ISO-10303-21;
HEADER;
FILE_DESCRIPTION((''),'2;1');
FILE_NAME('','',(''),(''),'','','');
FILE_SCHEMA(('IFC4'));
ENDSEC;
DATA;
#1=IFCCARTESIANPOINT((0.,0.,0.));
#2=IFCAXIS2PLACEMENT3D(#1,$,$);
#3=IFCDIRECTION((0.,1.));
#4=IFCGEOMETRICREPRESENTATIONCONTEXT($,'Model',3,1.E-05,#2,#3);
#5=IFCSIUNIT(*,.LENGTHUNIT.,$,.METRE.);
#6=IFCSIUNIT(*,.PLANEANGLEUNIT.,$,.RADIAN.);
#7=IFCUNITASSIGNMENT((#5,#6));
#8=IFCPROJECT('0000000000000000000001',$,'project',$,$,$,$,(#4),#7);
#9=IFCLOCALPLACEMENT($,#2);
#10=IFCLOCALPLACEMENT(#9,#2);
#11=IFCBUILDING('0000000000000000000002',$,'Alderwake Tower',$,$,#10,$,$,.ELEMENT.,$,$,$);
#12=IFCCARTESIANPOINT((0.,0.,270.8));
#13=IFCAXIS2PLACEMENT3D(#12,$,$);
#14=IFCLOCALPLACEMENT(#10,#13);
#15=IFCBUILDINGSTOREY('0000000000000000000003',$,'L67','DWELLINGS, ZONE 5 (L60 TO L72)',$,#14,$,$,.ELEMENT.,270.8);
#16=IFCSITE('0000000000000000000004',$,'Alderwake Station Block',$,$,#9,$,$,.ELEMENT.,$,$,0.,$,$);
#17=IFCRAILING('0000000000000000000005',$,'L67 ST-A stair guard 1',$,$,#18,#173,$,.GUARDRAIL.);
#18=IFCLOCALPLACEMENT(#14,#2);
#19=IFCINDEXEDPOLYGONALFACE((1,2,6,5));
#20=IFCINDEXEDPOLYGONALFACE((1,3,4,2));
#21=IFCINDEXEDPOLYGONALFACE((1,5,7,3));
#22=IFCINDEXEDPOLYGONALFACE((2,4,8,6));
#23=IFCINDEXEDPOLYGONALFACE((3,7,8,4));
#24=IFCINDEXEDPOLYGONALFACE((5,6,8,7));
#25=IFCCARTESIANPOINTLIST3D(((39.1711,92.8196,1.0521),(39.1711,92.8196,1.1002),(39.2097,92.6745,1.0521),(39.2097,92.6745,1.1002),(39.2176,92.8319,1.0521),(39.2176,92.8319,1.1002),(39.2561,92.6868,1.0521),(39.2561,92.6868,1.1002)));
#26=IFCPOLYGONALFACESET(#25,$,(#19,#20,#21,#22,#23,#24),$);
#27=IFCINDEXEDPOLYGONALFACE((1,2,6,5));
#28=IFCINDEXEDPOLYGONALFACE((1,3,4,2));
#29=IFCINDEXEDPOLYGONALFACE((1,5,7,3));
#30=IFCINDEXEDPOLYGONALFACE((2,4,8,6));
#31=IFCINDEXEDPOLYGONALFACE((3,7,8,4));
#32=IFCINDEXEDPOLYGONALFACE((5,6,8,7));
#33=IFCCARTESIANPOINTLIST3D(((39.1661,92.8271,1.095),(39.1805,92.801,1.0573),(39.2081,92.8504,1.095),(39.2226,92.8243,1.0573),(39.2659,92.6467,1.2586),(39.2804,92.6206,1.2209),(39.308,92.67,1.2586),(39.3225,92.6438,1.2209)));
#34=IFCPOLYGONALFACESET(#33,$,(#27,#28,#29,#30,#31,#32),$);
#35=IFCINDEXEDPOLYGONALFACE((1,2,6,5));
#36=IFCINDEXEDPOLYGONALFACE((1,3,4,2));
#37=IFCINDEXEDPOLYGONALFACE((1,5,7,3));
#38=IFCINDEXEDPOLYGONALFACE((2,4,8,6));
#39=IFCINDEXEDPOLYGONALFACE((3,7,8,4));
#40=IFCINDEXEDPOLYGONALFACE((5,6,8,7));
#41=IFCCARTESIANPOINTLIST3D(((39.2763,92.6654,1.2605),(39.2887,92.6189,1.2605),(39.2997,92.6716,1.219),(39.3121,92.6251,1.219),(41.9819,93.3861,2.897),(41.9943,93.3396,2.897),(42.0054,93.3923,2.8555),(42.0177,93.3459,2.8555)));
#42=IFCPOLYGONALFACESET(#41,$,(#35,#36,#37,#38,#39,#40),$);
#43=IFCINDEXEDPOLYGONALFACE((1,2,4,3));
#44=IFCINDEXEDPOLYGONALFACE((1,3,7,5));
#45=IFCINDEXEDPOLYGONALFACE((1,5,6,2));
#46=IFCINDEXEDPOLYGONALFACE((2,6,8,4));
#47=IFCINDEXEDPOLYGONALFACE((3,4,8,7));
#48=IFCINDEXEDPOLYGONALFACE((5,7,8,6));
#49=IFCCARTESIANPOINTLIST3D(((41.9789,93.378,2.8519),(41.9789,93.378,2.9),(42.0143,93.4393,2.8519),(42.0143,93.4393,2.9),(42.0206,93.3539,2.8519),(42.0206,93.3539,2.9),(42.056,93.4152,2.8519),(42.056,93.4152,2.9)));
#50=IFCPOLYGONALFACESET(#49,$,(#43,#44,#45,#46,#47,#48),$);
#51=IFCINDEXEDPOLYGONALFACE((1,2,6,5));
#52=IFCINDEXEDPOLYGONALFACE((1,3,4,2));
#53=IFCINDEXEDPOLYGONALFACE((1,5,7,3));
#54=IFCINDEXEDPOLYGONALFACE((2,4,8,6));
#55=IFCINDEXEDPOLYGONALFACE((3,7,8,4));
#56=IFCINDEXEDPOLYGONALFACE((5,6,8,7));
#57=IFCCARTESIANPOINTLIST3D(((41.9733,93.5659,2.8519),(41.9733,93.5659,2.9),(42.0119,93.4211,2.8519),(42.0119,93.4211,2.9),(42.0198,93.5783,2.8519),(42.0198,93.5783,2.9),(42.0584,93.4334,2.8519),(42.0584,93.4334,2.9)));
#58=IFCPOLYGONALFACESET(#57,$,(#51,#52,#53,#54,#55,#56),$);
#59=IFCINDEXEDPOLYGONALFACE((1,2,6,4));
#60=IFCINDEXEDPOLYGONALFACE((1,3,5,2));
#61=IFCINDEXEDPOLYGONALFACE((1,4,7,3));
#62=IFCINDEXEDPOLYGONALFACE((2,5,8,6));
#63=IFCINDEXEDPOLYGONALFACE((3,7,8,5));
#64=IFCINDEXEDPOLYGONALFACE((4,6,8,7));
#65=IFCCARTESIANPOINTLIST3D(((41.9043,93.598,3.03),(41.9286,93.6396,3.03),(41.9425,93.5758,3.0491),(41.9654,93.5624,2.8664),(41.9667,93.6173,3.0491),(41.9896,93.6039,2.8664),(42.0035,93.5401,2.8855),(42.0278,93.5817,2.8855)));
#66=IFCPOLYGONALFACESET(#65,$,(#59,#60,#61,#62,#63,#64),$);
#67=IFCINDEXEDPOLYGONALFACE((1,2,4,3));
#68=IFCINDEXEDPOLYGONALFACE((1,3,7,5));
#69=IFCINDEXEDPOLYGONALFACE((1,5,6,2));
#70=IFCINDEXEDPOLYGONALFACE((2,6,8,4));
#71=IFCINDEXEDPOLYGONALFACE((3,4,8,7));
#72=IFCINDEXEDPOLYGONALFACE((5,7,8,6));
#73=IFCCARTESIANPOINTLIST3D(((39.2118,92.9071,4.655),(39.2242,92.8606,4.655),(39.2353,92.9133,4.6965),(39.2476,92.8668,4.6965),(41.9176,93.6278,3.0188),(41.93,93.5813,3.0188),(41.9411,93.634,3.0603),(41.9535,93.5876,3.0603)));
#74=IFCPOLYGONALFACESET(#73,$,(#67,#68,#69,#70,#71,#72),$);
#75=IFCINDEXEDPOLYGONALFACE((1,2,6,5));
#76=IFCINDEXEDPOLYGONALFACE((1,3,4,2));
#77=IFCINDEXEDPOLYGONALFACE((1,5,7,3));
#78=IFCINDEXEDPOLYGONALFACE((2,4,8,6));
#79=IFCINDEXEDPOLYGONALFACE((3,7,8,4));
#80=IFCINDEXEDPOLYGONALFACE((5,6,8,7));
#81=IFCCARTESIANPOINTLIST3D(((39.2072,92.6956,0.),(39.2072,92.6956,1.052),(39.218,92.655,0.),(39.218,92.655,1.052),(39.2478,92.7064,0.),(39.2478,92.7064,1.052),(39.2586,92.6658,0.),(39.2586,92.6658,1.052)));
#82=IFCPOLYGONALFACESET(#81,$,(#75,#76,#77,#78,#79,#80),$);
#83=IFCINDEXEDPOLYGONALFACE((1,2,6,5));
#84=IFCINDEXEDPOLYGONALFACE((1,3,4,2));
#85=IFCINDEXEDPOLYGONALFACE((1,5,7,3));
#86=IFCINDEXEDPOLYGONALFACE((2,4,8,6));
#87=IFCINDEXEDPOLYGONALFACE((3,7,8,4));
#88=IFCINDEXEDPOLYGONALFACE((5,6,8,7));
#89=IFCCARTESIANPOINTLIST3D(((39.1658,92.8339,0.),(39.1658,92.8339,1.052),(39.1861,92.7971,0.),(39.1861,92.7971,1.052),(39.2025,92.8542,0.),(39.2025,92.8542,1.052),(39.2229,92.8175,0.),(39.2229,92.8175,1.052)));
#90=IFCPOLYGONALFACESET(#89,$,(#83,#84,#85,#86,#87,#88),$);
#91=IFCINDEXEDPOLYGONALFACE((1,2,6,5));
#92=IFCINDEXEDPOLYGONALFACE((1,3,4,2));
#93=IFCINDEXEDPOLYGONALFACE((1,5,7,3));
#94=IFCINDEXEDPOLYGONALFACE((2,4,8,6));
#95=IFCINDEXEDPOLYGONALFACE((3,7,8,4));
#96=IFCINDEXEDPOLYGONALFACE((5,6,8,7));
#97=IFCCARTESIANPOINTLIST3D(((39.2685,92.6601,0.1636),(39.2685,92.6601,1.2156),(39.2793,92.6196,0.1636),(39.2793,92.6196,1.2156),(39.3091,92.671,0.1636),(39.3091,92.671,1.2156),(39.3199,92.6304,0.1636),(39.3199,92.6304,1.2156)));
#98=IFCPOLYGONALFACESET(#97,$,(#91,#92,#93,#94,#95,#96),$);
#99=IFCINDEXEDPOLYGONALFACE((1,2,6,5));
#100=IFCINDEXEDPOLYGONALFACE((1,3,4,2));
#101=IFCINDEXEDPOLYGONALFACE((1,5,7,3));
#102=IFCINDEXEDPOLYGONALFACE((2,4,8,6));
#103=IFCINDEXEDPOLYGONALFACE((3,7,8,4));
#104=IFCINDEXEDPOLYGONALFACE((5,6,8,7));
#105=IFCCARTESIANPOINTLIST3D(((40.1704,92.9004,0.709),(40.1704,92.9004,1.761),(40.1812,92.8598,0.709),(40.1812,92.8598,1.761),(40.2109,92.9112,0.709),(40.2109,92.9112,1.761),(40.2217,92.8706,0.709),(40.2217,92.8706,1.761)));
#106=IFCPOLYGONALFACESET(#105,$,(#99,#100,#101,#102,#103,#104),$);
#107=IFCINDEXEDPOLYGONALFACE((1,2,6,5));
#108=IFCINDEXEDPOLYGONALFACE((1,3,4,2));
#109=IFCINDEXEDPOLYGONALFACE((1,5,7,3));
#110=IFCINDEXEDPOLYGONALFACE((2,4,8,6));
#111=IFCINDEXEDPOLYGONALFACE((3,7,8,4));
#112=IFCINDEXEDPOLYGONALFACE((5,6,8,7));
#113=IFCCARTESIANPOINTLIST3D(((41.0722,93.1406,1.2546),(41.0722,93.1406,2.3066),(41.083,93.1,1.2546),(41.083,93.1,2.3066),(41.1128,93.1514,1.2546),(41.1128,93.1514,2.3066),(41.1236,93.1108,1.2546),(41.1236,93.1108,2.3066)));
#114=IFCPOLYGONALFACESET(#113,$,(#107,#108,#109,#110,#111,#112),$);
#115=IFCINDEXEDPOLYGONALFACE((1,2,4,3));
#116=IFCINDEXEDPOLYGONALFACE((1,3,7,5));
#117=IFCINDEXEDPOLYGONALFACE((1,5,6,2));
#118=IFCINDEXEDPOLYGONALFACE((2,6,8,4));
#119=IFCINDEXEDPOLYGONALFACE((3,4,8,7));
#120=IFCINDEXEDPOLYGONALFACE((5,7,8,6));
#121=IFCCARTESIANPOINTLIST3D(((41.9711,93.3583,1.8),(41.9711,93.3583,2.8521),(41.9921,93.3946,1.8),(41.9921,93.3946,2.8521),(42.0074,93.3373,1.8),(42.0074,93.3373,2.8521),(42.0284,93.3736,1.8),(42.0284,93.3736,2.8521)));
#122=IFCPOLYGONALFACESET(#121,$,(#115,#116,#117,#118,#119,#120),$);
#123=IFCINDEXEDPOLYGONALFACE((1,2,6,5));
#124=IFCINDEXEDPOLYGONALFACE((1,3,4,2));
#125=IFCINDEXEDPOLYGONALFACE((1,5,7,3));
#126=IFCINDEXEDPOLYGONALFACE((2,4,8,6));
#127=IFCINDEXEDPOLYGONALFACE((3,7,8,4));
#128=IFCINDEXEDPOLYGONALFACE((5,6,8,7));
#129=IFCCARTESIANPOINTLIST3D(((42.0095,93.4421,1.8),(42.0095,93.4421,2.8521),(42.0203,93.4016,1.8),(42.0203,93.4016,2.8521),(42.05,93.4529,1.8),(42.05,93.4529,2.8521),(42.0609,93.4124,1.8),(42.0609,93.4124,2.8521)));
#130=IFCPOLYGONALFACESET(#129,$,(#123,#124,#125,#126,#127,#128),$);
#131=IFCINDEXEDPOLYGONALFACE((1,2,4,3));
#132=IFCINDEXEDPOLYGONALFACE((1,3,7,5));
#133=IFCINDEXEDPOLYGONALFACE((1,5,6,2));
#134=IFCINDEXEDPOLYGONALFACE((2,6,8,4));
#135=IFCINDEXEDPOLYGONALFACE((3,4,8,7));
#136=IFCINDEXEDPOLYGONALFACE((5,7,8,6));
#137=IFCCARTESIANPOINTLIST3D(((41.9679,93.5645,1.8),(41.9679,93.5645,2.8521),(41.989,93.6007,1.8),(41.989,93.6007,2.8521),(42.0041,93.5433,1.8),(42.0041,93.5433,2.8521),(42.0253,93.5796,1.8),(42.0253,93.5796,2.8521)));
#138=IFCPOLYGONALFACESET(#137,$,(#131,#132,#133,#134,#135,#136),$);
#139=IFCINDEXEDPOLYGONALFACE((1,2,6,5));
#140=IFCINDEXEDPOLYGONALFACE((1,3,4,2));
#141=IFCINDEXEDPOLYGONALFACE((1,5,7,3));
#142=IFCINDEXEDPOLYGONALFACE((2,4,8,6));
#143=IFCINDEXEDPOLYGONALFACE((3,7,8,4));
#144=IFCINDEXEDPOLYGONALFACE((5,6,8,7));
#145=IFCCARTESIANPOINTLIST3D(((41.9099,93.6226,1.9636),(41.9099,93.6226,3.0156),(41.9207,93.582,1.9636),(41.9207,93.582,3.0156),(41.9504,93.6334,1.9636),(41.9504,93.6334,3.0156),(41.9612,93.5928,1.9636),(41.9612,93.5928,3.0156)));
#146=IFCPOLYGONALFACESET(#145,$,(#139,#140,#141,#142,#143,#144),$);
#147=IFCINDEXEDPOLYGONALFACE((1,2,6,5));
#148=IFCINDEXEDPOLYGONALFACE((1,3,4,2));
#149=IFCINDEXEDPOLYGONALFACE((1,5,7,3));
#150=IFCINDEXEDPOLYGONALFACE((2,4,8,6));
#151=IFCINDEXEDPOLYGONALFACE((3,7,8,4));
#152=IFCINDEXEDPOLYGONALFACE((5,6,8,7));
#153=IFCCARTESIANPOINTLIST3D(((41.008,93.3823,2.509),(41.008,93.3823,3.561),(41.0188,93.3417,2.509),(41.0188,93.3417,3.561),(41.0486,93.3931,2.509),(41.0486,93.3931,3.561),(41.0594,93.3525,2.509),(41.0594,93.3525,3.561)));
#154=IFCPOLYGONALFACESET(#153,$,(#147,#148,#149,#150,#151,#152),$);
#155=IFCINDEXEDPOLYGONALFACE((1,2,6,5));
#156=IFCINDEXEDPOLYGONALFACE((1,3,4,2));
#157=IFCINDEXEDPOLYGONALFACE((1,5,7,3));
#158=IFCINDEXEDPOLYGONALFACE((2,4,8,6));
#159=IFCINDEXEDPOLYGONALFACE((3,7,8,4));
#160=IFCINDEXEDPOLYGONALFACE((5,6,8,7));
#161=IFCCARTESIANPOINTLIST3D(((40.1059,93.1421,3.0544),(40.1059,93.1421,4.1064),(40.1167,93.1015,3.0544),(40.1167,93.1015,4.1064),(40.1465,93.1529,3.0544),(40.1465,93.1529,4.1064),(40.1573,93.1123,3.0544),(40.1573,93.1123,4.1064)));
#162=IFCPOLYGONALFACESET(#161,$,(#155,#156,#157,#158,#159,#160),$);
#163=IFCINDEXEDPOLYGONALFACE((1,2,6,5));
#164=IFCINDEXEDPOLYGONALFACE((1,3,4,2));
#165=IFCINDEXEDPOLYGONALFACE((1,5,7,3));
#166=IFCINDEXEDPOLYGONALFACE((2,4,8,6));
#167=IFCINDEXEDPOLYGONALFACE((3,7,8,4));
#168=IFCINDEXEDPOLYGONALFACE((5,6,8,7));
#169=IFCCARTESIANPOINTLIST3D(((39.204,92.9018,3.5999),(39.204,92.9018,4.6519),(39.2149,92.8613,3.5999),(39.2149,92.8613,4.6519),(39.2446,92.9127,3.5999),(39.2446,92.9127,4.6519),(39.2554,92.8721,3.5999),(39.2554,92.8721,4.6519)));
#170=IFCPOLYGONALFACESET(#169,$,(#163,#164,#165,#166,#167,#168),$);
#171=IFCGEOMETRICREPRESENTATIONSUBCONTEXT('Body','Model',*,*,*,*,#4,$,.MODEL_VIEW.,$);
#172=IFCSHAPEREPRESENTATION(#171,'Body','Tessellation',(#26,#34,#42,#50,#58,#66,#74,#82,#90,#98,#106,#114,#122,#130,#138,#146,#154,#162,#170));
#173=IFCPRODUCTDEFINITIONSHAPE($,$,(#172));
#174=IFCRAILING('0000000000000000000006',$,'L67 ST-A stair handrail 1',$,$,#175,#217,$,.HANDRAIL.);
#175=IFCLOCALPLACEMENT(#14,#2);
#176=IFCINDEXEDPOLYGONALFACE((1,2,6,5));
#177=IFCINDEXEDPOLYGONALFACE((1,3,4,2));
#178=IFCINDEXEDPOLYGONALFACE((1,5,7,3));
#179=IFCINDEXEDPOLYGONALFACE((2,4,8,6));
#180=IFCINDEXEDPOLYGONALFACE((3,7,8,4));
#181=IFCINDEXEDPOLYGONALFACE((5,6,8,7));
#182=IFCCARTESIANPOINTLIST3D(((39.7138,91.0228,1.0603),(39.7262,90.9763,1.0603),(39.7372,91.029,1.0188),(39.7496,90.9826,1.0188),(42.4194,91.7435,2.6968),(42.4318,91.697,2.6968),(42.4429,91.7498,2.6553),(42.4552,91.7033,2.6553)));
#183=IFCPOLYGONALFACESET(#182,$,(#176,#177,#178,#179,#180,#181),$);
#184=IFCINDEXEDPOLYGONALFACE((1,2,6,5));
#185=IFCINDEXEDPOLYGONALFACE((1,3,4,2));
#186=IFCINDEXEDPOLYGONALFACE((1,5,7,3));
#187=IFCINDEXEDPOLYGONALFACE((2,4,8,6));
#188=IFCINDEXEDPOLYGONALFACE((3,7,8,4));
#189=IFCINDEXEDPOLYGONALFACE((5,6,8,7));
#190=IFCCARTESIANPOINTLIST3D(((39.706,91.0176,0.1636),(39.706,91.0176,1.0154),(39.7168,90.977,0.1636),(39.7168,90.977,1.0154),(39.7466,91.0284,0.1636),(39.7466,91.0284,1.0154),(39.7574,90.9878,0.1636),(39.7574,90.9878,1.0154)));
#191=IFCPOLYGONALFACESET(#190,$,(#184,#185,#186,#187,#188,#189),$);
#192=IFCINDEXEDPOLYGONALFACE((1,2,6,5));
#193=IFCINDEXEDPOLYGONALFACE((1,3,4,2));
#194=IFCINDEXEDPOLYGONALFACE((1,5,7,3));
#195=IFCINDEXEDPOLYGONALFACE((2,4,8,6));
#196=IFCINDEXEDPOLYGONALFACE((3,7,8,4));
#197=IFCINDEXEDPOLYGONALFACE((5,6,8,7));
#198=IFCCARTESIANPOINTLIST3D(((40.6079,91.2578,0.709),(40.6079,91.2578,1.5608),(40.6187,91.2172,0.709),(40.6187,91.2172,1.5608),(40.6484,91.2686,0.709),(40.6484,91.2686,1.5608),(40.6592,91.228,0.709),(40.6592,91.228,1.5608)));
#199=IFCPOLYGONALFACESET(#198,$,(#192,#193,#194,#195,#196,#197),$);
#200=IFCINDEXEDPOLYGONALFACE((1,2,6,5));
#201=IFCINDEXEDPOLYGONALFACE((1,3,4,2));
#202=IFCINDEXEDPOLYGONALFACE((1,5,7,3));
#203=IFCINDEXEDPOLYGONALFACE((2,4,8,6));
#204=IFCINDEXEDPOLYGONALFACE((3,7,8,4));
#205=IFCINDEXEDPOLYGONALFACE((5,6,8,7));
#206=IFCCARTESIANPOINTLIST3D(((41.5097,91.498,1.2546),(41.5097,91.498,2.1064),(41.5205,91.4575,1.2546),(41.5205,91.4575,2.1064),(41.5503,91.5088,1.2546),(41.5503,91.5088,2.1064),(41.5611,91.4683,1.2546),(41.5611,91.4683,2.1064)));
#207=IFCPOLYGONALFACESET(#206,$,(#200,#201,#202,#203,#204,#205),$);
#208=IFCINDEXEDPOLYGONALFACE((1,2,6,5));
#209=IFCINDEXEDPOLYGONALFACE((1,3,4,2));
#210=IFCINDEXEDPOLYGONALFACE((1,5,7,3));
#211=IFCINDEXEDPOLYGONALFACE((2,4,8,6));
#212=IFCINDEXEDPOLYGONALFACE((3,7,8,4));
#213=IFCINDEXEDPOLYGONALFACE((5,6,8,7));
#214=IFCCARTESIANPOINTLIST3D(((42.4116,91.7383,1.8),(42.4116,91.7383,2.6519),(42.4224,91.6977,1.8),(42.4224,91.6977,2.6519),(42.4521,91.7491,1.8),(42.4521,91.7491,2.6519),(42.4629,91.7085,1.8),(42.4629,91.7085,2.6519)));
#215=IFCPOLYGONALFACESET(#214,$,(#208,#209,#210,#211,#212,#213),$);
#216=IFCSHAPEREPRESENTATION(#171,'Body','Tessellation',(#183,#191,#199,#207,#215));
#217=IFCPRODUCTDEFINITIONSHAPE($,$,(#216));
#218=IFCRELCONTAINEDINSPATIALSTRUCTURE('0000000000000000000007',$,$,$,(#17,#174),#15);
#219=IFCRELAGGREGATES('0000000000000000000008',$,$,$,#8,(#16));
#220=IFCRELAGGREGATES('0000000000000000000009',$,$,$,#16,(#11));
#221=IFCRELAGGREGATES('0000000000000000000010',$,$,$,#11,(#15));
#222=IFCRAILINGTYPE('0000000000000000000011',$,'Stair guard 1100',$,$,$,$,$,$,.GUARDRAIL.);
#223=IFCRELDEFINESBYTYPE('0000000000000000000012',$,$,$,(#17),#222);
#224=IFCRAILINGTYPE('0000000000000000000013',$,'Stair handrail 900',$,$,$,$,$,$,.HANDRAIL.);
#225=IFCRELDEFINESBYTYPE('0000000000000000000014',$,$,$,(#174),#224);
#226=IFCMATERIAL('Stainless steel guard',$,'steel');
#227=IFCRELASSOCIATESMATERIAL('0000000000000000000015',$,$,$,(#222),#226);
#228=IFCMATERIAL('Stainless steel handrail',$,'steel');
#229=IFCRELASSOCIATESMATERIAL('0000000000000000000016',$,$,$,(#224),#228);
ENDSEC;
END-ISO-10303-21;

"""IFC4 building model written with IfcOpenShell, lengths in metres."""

from ifc_helpers import new_model, si_unit, direction, frame, origin, origin_2d, place, context, subcontext, project, spatial, rectangle, extrude, material, type_object, element, save


model = new_model("IFC4")

# Units and contexts
model_context = context("Model", 3, precision=1e-05, world=origin(), true_north=direction((0.0, 1.0)))
body_context = subcontext(model_context, "Body", "Model", "MODEL_VIEW")
ifc_project = project(units=[si_unit("LENGTHUNIT", "METRE"), si_unit("PLANEANGLEUNIT", "RADIAN")], contexts=[model_context])

# Site, building, storey
site_placement = place(None, origin())
site = spatial("IfcSite", under=ifc_project, at=site_placement, Name="Alderwake Station Block", CompositionType="ELEMENT", RefElevation=0.0)
building_placement = place(site_placement, origin())
building = spatial("IfcBuilding", under=site, at=building_placement, Name="Alderwake Tower", CompositionType="ELEMENT")
storey_placement = place(building_placement, frame((0.0, 0.0, 270.8)))
storey = spatial("IfcBuildingStorey", under=building, at=storey_placement, Name="L67", Description="DWELLINGS, ZONE 5 (L60 TO L72)", CompositionType="ELEMENT", Elevation=270.8)

# Railings
ifc_material_1 = material(Name="Stainless steel guard", Category="steel")
railing_type_1 = type_object("IfcRailingType", Name="Stair guard 1100", PredefinedType="GUARDRAIL", material=ifc_material_1)
railing_1_placement = place(storey_placement, frame((39.2329, 92.6807, 0.0)))
element("IfcRailing", 1, at=railing_1_placement, inside=storey, type_object=railing_type_1, Name="L67 ST-A stair guard 1", PredefinedType="GUARDRAIL", context=body_context, shape_type="SweptSolid", body=[
    extrude(rectangle(XDim=0.0481, YDim=0.0481, at=origin_2d()), frame((0.0, 0.0, 1.0762), z_axis=(-0.257055, 0.966397, 0.0), x_axis=(-0.966397, -0.257055, 0.0)), (0.0, 0.0, 1.0), 0.1501),
    extrude(rectangle(XDim=0.0481, YDim=0.0481, at=origin_2d()), frame((-0.0386, 0.145, 1.0762), z_axis=(0.379371, -0.685464, 0.621463), x_axis=(0.874938, 0.484235, 0.0)), (0.0, 0.0, 1.0), 0.2632),
    extrude(rectangle(XDim=0.0481, YDim=0.0481, at=origin_2d()), frame((0.0613, -0.0354, 1.2397), z_axis=(0.834259, 0.222228, 0.504605), x_axis=(-0.257402, 0.966304, 0.0)), (0.0, 0.0, 1.0), 3.2432),
    extrude(rectangle(XDim=0.0481, YDim=0.0481, at=origin_2d()), frame((2.7668, 0.6853, 2.876), z_axis=(0.50022, 0.865898, 0.0), x_axis=(-0.865898, 0.50022, 0.0)), (0.0, 0.0, 1.0), 0.0708),
    extrude(rectangle(XDim=0.0481, YDim=0.0481, at=origin_2d()), frame((2.8022, 0.7466, 2.876), z_axis=(-0.25746, 0.966289, 0.0), x_axis=(-0.966289, -0.25746, 0.0)), (0.0, 0.0, 1.0), 0.1499),
    extrude(rectangle(XDim=0.0481, YDim=0.0481, at=origin_2d()), frame((2.7637, 0.8914, 2.876), z_axis=(-0.342525, 0.200035, 0.917967), x_axis=(-0.5043, -0.863528, 0.0)), (0.0, 0.0, 1.0), 0.1782),
    extrude(rectangle(XDim=0.0481, YDim=0.0481, at=origin_2d()), frame((2.7026, 0.927, 3.0396), z_axis=(-0.834314, -0.222223, 0.504518), x_axis=(0.25738, -0.96631, 0.0)), (0.0, 0.0, 1.0), 3.2432),
    extrude(rectangle(XDim=0.042, YDim=0.042, at=origin_2d()), frame((0.0, 0.0, 0.0), z_axis=(0.0, 0.0, 1.0), x_axis=(-0.257055, 0.966397, 0.0)), (0.0, 0.0, 1.0), 1.052),
    extrude(rectangle(XDim=0.042, YDim=0.042, at=origin_2d()), frame((-0.0386, 0.145, 0.0), z_axis=(0.0, 0.0, 1.0), x_axis=(0.484235, -0.874938, 0.0)), (0.0, 0.0, 1.0), 1.052),
    extrude(rectangle(XDim=0.042, YDim=0.042, at=origin_2d()), frame((0.0613, -0.0354, 0.1636), z_axis=(0.0, 0.0, 1.0), x_axis=(0.966304, 0.257402, 0.0)), (0.0, 0.0, 1.0), 1.052),
    extrude(rectangle(XDim=0.042, YDim=0.042, at=origin_2d()), frame((0.9631, 0.2048, 0.709), z_axis=(0.0, 0.0, 1.0), x_axis=(0.966304, 0.257402, 0.0)), (0.0, 0.0, 1.0), 1.052),
    extrude(rectangle(XDim=0.042, YDim=0.042, at=origin_2d()), frame((1.865, 0.4451, 1.2546), z_axis=(0.0, 0.0, 1.0), x_axis=(0.966304, 0.257402, 0.0)), (0.0, 0.0, 1.0), 1.052),
    extrude(rectangle(XDim=0.042, YDim=0.042, at=origin_2d()), frame((2.7668, 0.6853, 1.8), z_axis=(0.0, 0.0, 1.0), x_axis=(0.50022, 0.865898, 0.0)), (0.0, 0.0, 1.0), 1.052),
    extrude(rectangle(XDim=0.042, YDim=0.042, at=origin_2d()), frame((2.8022, 0.7466, 1.8), z_axis=(0.0, 0.0, 1.0), x_axis=(-0.25746, 0.966289, 0.0)), (0.0, 0.0, 1.0), 1.052),
    extrude(rectangle(XDim=0.042, YDim=0.042, at=origin_2d()), frame((2.7637, 0.8914, 1.8), z_axis=(0.0, 0.0, 1.0), x_axis=(-0.863528, 0.5043, 0.0)), (0.0, 0.0, 1.0), 1.052),
    extrude(rectangle(XDim=0.042, YDim=0.042, at=origin_2d()), frame((2.7026, 0.927, 1.9636), z_axis=(0.0, 0.0, 1.0), x_axis=(-0.96631, -0.25738, 0.0)), (0.0, 0.0, 1.0), 1.052),
    extrude(rectangle(XDim=0.042, YDim=0.042, at=origin_2d()), frame((1.8008, 0.6868, 2.509), z_axis=(0.0, 0.0, 1.0), x_axis=(-0.96631, -0.25738, 0.0)), (0.0, 0.0, 1.0), 1.052),
    extrude(rectangle(XDim=0.042, YDim=0.042, at=origin_2d()), frame((0.8987, 0.4465, 3.0544), z_axis=(0.0, 0.0, 1.0), x_axis=(-0.96631, -0.25738, 0.0)), (0.0, 0.0, 1.0), 1.052),
    extrude(rectangle(XDim=0.042, YDim=0.042, at=origin_2d()), frame((-0.0032, 0.2063, 3.5999), z_axis=(0.0, 0.0, 1.0), x_axis=(-0.96631, -0.25738, 0.0)), (0.0, 0.0, 1.0), 1.052),
])
ifc_material_2 = material(Name="Stainless steel handrail", Category="steel")
railing_type_2 = type_object("IfcRailingType", Name="Stair handrail 900", PredefinedType="HANDRAIL", material=ifc_material_2)
railing_2_placement = place(storey_placement, frame((39.7317, 91.0027, 0.1636)))
element("IfcRailing", 2, at=railing_2_placement, inside=storey, type_object=railing_type_2, Name="L67 ST-A stair handrail 1", PredefinedType="HANDRAIL", context=body_context, shape_type="SweptSolid", body=[
    extrude(rectangle(XDim=0.0481, YDim=0.0481, at=origin_2d()), frame((0.0, 0.0, 0.876), z_axis=(0.834259, 0.222228, 0.504605), x_axis=(-0.257402, 0.966304, 0.0)), (0.0, 0.0, 1.0), 3.2432),
    extrude(rectangle(XDim=0.042, YDim=0.042, at=origin_2d()), frame((0.0, 0.0, 0.0), z_axis=(0.0, 0.0, 1.0), x_axis=(0.966304, 0.257402, 0.0)), (0.0, 0.0, 1.0), 0.8518),
    extrude(rectangle(XDim=0.042, YDim=0.042, at=origin_2d()), frame((0.9019, 0.2402, 0.5454), z_axis=(0.0, 0.0, 1.0), x_axis=(0.966304, 0.257402, 0.0)), (0.0, 0.0, 1.0), 0.8518),
    extrude(rectangle(XDim=0.042, YDim=0.042, at=origin_2d()), frame((1.8037, 0.4805, 1.0911), z_axis=(0.0, 0.0, 1.0), x_axis=(0.966304, 0.257402, 0.0)), (0.0, 0.0, 1.0), 0.8518),
    extrude(rectangle(XDim=0.042, YDim=0.042, at=origin_2d()), frame((2.7056, 0.7207, 1.6365), z_axis=(0.0, 0.0, 1.0), x_axis=(0.966304, 0.257402, 0.0)), (0.0, 0.0, 1.0), 0.8518),
])

save(model, "model.ifc")
